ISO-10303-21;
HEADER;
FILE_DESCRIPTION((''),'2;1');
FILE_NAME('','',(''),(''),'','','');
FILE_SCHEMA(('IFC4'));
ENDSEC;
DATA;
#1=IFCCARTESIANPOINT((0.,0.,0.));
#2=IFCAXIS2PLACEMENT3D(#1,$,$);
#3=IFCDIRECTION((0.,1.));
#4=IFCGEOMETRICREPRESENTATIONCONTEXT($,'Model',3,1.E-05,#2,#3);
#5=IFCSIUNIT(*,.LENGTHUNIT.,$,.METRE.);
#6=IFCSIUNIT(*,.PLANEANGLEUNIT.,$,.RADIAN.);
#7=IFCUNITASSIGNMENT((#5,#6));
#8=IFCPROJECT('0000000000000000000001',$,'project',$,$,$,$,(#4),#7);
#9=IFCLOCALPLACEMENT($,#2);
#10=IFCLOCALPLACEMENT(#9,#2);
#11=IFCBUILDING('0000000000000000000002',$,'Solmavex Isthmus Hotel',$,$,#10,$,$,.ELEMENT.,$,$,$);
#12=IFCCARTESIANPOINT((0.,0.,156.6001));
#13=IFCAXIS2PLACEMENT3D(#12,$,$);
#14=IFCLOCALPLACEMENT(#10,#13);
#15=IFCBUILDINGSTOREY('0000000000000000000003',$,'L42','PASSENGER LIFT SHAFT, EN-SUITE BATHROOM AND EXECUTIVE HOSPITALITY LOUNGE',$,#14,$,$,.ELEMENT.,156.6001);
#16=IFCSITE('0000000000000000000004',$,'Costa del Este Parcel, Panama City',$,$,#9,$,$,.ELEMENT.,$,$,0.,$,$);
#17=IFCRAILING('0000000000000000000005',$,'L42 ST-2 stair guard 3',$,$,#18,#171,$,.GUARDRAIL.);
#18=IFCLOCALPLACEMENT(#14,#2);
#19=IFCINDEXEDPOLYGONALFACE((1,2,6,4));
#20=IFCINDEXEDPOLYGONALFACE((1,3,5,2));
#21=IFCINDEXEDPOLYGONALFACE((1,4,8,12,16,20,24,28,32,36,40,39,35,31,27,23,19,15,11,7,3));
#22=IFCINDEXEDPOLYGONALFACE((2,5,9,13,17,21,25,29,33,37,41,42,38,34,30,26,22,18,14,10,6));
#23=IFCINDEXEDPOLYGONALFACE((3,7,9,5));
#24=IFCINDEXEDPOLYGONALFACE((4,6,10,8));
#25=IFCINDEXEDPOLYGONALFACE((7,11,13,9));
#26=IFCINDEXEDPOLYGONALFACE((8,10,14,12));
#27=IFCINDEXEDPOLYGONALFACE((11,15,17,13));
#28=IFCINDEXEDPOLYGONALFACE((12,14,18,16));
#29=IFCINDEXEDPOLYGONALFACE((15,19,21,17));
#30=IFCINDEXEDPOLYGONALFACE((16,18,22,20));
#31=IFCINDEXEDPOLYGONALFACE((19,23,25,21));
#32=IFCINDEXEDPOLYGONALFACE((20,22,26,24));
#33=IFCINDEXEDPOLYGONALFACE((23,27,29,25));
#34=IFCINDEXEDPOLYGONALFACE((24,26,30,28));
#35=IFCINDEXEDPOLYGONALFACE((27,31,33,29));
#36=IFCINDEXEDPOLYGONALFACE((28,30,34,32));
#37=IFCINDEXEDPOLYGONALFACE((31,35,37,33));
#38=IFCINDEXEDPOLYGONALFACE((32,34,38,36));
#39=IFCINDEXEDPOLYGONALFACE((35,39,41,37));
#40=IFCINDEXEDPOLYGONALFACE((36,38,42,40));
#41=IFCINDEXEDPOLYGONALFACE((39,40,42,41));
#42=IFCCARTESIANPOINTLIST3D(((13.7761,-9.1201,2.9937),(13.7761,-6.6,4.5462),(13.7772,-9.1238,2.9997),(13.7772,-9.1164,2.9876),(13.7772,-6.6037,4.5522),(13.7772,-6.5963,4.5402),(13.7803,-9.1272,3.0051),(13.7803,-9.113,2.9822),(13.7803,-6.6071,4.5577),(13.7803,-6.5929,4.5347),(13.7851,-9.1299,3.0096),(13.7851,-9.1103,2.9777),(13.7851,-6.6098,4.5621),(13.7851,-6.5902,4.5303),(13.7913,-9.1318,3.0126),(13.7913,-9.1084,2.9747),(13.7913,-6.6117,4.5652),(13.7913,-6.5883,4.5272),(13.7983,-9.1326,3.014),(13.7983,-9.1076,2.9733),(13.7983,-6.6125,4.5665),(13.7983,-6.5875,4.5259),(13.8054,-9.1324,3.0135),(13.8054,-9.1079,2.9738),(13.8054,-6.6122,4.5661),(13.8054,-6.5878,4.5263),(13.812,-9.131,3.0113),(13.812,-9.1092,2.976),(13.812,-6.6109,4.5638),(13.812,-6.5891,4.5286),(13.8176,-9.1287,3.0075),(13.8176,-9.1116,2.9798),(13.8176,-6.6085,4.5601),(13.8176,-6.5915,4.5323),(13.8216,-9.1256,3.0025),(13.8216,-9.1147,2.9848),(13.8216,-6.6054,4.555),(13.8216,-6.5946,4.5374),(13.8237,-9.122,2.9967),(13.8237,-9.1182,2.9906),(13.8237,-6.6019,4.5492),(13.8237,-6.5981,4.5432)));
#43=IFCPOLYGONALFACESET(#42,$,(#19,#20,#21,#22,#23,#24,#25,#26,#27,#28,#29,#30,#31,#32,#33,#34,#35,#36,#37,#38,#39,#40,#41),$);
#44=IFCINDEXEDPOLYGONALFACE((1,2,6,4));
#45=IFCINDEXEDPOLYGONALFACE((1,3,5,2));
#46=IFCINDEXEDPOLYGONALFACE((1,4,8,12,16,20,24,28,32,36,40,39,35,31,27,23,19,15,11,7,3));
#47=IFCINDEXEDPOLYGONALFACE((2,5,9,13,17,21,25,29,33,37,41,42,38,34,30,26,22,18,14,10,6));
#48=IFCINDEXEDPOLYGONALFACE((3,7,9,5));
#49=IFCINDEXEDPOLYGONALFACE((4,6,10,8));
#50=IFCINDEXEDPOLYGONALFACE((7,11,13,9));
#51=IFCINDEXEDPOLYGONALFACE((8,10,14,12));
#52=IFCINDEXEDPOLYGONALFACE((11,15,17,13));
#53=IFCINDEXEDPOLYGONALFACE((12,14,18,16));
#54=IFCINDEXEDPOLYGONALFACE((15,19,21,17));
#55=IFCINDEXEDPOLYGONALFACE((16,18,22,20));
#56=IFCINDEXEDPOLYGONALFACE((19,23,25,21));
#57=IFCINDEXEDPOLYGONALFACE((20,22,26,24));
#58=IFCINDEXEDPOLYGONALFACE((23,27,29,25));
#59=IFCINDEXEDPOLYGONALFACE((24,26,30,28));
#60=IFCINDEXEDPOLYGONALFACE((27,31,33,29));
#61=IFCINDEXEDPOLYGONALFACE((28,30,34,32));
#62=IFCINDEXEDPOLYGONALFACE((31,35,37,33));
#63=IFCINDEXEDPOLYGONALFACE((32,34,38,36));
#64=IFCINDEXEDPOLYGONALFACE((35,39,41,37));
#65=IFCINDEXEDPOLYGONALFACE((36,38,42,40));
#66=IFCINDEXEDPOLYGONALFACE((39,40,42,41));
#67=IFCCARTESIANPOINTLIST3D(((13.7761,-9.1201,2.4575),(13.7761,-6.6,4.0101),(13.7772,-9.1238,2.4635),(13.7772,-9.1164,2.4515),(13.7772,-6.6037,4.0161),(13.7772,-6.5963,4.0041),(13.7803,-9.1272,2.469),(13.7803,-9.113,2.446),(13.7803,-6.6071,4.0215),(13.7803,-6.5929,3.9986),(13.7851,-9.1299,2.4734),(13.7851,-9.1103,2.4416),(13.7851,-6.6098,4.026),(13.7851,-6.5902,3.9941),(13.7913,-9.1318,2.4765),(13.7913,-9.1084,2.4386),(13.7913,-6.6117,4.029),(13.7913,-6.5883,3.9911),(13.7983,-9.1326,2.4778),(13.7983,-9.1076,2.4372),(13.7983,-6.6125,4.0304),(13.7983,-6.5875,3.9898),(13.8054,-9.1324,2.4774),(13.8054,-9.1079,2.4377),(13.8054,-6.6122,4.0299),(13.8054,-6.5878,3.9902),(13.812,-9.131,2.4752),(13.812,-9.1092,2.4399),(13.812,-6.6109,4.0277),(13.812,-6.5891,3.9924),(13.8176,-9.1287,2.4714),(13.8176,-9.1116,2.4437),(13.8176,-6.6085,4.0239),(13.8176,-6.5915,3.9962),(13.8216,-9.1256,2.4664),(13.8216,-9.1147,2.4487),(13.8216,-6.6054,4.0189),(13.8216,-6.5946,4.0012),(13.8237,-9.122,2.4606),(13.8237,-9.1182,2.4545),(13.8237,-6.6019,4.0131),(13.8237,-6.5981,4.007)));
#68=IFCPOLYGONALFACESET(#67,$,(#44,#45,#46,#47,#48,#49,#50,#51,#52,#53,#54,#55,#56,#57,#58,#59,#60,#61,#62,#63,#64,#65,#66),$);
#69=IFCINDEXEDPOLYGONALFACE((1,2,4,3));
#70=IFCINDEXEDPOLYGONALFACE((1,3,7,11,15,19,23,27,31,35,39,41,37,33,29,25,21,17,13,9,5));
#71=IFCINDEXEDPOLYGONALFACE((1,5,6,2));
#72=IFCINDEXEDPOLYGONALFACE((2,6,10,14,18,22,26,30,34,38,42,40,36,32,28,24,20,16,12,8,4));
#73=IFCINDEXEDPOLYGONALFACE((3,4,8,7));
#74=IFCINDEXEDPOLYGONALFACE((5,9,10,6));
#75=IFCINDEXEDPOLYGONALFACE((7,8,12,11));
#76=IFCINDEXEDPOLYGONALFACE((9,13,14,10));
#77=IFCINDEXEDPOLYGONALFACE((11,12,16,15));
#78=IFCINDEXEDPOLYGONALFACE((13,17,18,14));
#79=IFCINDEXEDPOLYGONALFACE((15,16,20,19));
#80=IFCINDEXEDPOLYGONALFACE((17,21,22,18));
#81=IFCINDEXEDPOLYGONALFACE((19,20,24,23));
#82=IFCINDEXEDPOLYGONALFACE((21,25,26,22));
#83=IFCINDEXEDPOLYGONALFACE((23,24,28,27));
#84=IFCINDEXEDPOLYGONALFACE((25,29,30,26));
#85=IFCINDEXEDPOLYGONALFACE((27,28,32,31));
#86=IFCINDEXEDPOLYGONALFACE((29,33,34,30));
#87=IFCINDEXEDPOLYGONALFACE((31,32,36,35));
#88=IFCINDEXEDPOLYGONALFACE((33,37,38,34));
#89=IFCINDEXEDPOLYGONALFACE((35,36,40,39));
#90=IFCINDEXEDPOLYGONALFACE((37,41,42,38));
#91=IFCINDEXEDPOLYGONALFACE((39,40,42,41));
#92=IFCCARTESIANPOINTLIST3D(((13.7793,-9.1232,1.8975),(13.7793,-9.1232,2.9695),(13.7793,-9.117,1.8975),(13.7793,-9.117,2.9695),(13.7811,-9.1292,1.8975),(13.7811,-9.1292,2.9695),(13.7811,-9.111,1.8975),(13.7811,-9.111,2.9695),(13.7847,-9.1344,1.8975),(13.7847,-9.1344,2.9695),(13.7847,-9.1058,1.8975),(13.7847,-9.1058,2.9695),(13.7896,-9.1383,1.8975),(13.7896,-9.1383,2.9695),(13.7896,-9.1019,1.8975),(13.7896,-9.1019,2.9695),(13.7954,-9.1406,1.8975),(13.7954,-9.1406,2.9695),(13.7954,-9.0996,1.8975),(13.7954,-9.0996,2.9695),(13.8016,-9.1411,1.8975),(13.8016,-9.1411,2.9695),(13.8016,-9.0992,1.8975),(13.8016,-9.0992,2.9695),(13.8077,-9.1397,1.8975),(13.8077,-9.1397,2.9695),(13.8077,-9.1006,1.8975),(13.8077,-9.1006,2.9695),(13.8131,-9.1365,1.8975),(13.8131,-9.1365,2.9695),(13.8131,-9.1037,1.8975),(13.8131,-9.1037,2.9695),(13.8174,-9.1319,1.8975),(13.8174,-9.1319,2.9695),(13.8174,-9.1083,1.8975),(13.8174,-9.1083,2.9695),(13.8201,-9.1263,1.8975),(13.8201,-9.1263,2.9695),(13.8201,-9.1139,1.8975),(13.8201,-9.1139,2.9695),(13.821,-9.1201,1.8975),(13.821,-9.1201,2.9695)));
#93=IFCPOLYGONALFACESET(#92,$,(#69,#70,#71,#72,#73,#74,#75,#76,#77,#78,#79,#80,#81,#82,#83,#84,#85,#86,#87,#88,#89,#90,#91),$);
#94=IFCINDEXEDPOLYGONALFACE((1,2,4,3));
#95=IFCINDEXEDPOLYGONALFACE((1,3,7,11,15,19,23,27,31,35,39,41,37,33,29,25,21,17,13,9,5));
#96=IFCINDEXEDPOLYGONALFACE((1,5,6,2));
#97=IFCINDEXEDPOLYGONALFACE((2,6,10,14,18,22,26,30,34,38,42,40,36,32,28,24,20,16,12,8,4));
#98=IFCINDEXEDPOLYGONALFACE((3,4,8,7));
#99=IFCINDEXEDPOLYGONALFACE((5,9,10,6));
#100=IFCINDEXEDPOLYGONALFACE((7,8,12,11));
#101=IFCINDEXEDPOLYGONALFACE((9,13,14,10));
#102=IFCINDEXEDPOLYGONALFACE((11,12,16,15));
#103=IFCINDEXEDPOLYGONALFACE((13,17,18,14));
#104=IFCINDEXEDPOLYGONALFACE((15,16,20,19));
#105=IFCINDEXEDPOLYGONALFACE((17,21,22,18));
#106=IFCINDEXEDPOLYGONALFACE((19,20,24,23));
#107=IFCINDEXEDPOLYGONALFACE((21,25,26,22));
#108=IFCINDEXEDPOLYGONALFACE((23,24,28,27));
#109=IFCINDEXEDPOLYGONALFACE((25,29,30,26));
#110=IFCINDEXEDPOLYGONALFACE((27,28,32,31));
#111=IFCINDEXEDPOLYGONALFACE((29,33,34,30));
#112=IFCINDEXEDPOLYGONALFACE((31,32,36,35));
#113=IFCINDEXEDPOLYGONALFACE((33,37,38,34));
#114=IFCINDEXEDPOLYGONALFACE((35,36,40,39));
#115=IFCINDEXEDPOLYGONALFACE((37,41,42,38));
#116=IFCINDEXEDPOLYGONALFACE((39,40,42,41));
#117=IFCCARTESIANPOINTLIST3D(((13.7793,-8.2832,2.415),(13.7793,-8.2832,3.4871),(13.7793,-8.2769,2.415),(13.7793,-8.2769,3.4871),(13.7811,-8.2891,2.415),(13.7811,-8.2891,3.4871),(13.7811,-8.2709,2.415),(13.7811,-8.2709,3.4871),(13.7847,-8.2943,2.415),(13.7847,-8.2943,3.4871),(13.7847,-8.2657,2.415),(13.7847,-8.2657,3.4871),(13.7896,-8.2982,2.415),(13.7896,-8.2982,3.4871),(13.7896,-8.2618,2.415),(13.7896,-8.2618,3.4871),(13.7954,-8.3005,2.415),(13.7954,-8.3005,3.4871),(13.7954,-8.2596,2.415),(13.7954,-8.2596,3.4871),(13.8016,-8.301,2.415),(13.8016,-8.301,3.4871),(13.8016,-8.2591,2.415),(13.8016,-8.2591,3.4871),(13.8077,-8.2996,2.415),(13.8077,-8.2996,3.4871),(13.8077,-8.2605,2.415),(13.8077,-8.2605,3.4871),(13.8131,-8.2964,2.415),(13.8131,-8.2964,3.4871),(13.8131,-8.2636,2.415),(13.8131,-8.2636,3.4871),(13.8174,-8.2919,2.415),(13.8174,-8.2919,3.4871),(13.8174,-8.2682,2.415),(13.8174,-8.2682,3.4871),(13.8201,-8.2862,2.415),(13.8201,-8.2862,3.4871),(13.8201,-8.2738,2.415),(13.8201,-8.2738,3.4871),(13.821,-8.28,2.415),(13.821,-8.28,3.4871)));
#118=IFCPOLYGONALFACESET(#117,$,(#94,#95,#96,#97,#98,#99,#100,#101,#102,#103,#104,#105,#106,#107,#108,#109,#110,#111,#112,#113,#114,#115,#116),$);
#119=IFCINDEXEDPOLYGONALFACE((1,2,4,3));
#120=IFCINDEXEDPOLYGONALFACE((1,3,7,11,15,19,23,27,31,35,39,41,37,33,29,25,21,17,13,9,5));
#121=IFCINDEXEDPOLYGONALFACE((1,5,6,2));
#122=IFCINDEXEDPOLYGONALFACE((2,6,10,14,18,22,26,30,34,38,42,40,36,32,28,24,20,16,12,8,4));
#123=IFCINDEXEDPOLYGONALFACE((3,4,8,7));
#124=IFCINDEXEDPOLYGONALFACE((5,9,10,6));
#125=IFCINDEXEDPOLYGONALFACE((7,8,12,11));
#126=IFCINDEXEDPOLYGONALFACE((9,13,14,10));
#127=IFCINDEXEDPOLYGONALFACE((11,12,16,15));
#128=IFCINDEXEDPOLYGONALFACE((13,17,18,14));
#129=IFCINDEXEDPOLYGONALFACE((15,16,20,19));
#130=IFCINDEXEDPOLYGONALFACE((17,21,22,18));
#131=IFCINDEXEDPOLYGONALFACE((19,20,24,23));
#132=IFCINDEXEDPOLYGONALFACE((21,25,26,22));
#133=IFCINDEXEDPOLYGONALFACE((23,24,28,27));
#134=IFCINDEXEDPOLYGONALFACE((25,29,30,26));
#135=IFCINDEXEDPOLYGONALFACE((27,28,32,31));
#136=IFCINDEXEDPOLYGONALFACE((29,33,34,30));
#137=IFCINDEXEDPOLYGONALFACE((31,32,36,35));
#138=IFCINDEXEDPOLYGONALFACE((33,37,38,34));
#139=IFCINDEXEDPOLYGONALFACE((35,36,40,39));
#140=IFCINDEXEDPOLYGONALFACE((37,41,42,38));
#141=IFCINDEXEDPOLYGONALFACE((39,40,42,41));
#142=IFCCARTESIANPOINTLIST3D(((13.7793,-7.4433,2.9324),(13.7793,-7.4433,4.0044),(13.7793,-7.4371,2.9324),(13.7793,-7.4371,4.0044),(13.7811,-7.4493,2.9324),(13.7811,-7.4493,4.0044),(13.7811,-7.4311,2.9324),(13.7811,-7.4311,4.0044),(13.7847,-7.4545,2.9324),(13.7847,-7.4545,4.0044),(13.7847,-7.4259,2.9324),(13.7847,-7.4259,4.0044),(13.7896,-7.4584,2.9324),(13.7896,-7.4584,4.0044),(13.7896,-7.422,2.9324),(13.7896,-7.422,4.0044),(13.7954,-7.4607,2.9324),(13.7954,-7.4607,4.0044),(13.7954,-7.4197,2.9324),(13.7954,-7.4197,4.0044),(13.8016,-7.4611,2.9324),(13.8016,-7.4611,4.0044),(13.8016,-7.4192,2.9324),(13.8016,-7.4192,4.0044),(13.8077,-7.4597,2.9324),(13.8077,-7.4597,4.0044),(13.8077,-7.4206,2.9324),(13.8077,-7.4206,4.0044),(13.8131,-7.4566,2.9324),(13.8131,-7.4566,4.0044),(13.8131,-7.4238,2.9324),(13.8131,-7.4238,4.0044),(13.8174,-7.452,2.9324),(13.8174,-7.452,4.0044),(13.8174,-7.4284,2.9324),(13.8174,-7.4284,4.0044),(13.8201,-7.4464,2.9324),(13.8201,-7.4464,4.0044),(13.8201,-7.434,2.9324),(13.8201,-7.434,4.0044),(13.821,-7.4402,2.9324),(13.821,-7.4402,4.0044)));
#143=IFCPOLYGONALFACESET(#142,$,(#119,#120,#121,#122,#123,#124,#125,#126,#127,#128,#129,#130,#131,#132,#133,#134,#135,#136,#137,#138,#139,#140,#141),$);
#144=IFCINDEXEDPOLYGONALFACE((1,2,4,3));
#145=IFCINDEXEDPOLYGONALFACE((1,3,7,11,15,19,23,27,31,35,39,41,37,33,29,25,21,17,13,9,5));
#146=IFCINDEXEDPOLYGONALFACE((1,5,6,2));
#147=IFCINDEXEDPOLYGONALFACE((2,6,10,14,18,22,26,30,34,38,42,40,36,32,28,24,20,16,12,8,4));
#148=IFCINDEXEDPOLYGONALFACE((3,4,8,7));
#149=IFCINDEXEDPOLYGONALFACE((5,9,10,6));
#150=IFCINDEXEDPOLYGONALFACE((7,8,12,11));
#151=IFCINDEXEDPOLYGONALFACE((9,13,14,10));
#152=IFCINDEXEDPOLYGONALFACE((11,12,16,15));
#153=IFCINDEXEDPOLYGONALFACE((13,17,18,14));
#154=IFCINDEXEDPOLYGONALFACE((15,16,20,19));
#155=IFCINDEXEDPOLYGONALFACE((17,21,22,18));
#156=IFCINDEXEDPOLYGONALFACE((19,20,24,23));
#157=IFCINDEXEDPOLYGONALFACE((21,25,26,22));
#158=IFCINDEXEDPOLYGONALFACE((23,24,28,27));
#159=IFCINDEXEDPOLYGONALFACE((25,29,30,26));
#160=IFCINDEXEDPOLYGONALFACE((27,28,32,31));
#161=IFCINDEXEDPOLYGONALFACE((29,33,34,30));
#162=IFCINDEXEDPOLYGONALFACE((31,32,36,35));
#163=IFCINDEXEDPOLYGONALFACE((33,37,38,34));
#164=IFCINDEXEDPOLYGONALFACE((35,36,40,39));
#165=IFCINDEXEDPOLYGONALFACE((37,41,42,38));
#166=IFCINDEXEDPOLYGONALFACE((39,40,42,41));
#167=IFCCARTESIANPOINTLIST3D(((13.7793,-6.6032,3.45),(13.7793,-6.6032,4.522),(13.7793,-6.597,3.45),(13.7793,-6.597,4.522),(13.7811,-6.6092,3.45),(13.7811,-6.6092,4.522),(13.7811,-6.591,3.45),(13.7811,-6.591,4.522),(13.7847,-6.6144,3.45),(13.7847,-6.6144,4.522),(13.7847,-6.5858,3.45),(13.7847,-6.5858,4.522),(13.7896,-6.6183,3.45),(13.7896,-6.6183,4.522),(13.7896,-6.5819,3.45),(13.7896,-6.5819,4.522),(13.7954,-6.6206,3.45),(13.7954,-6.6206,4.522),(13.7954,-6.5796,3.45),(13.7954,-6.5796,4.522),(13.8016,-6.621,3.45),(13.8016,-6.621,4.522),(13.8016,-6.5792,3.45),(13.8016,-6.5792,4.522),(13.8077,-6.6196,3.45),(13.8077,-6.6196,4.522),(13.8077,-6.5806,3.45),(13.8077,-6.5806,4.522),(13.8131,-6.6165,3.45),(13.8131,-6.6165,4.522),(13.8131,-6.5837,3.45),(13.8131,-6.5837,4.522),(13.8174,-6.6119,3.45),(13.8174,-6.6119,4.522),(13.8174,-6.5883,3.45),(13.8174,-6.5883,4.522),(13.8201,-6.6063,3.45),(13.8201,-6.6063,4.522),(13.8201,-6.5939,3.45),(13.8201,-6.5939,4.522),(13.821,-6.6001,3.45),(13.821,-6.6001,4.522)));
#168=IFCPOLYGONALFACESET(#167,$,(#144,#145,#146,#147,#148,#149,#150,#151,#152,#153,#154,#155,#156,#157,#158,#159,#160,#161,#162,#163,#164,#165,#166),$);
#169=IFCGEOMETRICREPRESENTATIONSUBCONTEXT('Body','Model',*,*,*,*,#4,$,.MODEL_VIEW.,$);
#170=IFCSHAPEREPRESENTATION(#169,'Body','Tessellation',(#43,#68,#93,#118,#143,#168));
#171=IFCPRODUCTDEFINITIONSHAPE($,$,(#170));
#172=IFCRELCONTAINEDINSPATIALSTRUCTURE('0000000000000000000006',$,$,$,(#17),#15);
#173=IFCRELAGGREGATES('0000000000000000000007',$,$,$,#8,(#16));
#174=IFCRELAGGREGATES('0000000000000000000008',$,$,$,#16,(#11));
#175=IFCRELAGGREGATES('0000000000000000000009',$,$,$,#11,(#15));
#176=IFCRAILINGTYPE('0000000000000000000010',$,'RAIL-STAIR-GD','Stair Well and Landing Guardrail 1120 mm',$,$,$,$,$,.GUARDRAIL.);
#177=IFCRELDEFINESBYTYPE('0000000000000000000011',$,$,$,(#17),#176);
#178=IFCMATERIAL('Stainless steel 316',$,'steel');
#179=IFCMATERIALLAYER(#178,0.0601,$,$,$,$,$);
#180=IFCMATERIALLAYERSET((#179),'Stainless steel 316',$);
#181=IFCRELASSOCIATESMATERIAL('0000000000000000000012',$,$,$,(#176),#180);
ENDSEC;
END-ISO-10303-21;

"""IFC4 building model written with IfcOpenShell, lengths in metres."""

from ifc_helpers import new_model, si_unit, direction, frame, origin, origin_2d, place, context, subcontext, project, spatial, circle, extrude, material, layer, layer_set, type_object, element, save


model = new_model("IFC4")

# Units and contexts
model_context = context("Model", 3, precision=1e-05, world=origin(), true_north=direction((0.0, 1.0)))
body_context = subcontext(model_context, "Body", "Model", "MODEL_VIEW")
ifc_project = project(units=[si_unit("LENGTHUNIT", "METRE"), si_unit("PLANEANGLEUNIT", "RADIAN")], contexts=[model_context])

# Site, building, storey
site_placement = place(None, origin())
site = spatial("IfcSite", under=ifc_project, at=site_placement, Name="Costa del Este Parcel, Panama City", CompositionType="ELEMENT", RefElevation=0.0)
building_placement = place(site_placement, origin())
building = spatial("IfcBuilding", under=site, at=building_placement, Name="Solmavex Isthmus Hotel", CompositionType="ELEMENT")
storey_placement = place(building_placement, frame((0.0, 0.0, 156.6001)))
storey = spatial("IfcBuildingStorey", under=building, at=storey_placement, Name="L42", Description="PASSENGER LIFT SHAFT, EN-SUITE BATHROOM AND EXECUTIVE HOSPITALITY LOUNGE", CompositionType="ELEMENT", Elevation=156.6001)

# Railing
ifc_material_1 = material(Name="Stainless steel 316", Category="steel")
ifc_layer_1 = layer(ifc_material_1, 0.0601)
ifc_layer_set_1 = layer_set([ifc_layer_1], Name="Stainless steel 316")
railing_type_1 = type_object("IfcRailingType", Name="RAIL-STAIR-GD", Description="Stair Well and Landing Guardrail 1120 mm", PredefinedType="GUARDRAIL", material=ifc_layer_set_1)
railing_1_placement = place(storey_placement, frame((13.8, -9.1201, 1.8975)))
element("IfcRailing", 1, at=railing_1_placement, inside=storey, type_object=railing_type_1, Name="L42 ST-2 stair guard 3", PredefinedType="GUARDRAIL", context=body_context, shape_type="SweptSolid", body=[
    extrude(circle(Radius=0.0239, at=origin_2d()), frame((0.0, 0.0, 1.0962), z_axis=(0.0, 0.8514, 0.524516), x_axis=(-1.0, 0.0, 0.0)), (0.0, 0.0, 1.0), 2.96),
    extrude(circle(Radius=0.0239, at=origin_2d()), frame((0.0, 0.0, 0.5601), z_axis=(0.0, 0.8514, 0.524516), x_axis=(-1.0, 0.0, 0.0)), (0.0, 0.0, 1.0), 2.96),
    extrude(circle(Radius=0.021, at=origin_2d()), origin(), (0.0, 0.0, 1.0), 1.072),
    extrude(circle(Radius=0.021, at=origin_2d()), frame((0.0, 0.8401, 0.5176)), (0.0, 0.0, 1.0), 1.072),
    extrude(circle(Radius=0.021, at=origin_2d()), frame((0.0, 1.6799, 1.0349)), (0.0, 0.0, 1.0), 1.072),
    extrude(circle(Radius=0.021, at=origin_2d()), frame((0.0, 2.52, 1.5525)), (0.0, 0.0, 1.0), 1.072),
])

save(model, "model.ifc")
